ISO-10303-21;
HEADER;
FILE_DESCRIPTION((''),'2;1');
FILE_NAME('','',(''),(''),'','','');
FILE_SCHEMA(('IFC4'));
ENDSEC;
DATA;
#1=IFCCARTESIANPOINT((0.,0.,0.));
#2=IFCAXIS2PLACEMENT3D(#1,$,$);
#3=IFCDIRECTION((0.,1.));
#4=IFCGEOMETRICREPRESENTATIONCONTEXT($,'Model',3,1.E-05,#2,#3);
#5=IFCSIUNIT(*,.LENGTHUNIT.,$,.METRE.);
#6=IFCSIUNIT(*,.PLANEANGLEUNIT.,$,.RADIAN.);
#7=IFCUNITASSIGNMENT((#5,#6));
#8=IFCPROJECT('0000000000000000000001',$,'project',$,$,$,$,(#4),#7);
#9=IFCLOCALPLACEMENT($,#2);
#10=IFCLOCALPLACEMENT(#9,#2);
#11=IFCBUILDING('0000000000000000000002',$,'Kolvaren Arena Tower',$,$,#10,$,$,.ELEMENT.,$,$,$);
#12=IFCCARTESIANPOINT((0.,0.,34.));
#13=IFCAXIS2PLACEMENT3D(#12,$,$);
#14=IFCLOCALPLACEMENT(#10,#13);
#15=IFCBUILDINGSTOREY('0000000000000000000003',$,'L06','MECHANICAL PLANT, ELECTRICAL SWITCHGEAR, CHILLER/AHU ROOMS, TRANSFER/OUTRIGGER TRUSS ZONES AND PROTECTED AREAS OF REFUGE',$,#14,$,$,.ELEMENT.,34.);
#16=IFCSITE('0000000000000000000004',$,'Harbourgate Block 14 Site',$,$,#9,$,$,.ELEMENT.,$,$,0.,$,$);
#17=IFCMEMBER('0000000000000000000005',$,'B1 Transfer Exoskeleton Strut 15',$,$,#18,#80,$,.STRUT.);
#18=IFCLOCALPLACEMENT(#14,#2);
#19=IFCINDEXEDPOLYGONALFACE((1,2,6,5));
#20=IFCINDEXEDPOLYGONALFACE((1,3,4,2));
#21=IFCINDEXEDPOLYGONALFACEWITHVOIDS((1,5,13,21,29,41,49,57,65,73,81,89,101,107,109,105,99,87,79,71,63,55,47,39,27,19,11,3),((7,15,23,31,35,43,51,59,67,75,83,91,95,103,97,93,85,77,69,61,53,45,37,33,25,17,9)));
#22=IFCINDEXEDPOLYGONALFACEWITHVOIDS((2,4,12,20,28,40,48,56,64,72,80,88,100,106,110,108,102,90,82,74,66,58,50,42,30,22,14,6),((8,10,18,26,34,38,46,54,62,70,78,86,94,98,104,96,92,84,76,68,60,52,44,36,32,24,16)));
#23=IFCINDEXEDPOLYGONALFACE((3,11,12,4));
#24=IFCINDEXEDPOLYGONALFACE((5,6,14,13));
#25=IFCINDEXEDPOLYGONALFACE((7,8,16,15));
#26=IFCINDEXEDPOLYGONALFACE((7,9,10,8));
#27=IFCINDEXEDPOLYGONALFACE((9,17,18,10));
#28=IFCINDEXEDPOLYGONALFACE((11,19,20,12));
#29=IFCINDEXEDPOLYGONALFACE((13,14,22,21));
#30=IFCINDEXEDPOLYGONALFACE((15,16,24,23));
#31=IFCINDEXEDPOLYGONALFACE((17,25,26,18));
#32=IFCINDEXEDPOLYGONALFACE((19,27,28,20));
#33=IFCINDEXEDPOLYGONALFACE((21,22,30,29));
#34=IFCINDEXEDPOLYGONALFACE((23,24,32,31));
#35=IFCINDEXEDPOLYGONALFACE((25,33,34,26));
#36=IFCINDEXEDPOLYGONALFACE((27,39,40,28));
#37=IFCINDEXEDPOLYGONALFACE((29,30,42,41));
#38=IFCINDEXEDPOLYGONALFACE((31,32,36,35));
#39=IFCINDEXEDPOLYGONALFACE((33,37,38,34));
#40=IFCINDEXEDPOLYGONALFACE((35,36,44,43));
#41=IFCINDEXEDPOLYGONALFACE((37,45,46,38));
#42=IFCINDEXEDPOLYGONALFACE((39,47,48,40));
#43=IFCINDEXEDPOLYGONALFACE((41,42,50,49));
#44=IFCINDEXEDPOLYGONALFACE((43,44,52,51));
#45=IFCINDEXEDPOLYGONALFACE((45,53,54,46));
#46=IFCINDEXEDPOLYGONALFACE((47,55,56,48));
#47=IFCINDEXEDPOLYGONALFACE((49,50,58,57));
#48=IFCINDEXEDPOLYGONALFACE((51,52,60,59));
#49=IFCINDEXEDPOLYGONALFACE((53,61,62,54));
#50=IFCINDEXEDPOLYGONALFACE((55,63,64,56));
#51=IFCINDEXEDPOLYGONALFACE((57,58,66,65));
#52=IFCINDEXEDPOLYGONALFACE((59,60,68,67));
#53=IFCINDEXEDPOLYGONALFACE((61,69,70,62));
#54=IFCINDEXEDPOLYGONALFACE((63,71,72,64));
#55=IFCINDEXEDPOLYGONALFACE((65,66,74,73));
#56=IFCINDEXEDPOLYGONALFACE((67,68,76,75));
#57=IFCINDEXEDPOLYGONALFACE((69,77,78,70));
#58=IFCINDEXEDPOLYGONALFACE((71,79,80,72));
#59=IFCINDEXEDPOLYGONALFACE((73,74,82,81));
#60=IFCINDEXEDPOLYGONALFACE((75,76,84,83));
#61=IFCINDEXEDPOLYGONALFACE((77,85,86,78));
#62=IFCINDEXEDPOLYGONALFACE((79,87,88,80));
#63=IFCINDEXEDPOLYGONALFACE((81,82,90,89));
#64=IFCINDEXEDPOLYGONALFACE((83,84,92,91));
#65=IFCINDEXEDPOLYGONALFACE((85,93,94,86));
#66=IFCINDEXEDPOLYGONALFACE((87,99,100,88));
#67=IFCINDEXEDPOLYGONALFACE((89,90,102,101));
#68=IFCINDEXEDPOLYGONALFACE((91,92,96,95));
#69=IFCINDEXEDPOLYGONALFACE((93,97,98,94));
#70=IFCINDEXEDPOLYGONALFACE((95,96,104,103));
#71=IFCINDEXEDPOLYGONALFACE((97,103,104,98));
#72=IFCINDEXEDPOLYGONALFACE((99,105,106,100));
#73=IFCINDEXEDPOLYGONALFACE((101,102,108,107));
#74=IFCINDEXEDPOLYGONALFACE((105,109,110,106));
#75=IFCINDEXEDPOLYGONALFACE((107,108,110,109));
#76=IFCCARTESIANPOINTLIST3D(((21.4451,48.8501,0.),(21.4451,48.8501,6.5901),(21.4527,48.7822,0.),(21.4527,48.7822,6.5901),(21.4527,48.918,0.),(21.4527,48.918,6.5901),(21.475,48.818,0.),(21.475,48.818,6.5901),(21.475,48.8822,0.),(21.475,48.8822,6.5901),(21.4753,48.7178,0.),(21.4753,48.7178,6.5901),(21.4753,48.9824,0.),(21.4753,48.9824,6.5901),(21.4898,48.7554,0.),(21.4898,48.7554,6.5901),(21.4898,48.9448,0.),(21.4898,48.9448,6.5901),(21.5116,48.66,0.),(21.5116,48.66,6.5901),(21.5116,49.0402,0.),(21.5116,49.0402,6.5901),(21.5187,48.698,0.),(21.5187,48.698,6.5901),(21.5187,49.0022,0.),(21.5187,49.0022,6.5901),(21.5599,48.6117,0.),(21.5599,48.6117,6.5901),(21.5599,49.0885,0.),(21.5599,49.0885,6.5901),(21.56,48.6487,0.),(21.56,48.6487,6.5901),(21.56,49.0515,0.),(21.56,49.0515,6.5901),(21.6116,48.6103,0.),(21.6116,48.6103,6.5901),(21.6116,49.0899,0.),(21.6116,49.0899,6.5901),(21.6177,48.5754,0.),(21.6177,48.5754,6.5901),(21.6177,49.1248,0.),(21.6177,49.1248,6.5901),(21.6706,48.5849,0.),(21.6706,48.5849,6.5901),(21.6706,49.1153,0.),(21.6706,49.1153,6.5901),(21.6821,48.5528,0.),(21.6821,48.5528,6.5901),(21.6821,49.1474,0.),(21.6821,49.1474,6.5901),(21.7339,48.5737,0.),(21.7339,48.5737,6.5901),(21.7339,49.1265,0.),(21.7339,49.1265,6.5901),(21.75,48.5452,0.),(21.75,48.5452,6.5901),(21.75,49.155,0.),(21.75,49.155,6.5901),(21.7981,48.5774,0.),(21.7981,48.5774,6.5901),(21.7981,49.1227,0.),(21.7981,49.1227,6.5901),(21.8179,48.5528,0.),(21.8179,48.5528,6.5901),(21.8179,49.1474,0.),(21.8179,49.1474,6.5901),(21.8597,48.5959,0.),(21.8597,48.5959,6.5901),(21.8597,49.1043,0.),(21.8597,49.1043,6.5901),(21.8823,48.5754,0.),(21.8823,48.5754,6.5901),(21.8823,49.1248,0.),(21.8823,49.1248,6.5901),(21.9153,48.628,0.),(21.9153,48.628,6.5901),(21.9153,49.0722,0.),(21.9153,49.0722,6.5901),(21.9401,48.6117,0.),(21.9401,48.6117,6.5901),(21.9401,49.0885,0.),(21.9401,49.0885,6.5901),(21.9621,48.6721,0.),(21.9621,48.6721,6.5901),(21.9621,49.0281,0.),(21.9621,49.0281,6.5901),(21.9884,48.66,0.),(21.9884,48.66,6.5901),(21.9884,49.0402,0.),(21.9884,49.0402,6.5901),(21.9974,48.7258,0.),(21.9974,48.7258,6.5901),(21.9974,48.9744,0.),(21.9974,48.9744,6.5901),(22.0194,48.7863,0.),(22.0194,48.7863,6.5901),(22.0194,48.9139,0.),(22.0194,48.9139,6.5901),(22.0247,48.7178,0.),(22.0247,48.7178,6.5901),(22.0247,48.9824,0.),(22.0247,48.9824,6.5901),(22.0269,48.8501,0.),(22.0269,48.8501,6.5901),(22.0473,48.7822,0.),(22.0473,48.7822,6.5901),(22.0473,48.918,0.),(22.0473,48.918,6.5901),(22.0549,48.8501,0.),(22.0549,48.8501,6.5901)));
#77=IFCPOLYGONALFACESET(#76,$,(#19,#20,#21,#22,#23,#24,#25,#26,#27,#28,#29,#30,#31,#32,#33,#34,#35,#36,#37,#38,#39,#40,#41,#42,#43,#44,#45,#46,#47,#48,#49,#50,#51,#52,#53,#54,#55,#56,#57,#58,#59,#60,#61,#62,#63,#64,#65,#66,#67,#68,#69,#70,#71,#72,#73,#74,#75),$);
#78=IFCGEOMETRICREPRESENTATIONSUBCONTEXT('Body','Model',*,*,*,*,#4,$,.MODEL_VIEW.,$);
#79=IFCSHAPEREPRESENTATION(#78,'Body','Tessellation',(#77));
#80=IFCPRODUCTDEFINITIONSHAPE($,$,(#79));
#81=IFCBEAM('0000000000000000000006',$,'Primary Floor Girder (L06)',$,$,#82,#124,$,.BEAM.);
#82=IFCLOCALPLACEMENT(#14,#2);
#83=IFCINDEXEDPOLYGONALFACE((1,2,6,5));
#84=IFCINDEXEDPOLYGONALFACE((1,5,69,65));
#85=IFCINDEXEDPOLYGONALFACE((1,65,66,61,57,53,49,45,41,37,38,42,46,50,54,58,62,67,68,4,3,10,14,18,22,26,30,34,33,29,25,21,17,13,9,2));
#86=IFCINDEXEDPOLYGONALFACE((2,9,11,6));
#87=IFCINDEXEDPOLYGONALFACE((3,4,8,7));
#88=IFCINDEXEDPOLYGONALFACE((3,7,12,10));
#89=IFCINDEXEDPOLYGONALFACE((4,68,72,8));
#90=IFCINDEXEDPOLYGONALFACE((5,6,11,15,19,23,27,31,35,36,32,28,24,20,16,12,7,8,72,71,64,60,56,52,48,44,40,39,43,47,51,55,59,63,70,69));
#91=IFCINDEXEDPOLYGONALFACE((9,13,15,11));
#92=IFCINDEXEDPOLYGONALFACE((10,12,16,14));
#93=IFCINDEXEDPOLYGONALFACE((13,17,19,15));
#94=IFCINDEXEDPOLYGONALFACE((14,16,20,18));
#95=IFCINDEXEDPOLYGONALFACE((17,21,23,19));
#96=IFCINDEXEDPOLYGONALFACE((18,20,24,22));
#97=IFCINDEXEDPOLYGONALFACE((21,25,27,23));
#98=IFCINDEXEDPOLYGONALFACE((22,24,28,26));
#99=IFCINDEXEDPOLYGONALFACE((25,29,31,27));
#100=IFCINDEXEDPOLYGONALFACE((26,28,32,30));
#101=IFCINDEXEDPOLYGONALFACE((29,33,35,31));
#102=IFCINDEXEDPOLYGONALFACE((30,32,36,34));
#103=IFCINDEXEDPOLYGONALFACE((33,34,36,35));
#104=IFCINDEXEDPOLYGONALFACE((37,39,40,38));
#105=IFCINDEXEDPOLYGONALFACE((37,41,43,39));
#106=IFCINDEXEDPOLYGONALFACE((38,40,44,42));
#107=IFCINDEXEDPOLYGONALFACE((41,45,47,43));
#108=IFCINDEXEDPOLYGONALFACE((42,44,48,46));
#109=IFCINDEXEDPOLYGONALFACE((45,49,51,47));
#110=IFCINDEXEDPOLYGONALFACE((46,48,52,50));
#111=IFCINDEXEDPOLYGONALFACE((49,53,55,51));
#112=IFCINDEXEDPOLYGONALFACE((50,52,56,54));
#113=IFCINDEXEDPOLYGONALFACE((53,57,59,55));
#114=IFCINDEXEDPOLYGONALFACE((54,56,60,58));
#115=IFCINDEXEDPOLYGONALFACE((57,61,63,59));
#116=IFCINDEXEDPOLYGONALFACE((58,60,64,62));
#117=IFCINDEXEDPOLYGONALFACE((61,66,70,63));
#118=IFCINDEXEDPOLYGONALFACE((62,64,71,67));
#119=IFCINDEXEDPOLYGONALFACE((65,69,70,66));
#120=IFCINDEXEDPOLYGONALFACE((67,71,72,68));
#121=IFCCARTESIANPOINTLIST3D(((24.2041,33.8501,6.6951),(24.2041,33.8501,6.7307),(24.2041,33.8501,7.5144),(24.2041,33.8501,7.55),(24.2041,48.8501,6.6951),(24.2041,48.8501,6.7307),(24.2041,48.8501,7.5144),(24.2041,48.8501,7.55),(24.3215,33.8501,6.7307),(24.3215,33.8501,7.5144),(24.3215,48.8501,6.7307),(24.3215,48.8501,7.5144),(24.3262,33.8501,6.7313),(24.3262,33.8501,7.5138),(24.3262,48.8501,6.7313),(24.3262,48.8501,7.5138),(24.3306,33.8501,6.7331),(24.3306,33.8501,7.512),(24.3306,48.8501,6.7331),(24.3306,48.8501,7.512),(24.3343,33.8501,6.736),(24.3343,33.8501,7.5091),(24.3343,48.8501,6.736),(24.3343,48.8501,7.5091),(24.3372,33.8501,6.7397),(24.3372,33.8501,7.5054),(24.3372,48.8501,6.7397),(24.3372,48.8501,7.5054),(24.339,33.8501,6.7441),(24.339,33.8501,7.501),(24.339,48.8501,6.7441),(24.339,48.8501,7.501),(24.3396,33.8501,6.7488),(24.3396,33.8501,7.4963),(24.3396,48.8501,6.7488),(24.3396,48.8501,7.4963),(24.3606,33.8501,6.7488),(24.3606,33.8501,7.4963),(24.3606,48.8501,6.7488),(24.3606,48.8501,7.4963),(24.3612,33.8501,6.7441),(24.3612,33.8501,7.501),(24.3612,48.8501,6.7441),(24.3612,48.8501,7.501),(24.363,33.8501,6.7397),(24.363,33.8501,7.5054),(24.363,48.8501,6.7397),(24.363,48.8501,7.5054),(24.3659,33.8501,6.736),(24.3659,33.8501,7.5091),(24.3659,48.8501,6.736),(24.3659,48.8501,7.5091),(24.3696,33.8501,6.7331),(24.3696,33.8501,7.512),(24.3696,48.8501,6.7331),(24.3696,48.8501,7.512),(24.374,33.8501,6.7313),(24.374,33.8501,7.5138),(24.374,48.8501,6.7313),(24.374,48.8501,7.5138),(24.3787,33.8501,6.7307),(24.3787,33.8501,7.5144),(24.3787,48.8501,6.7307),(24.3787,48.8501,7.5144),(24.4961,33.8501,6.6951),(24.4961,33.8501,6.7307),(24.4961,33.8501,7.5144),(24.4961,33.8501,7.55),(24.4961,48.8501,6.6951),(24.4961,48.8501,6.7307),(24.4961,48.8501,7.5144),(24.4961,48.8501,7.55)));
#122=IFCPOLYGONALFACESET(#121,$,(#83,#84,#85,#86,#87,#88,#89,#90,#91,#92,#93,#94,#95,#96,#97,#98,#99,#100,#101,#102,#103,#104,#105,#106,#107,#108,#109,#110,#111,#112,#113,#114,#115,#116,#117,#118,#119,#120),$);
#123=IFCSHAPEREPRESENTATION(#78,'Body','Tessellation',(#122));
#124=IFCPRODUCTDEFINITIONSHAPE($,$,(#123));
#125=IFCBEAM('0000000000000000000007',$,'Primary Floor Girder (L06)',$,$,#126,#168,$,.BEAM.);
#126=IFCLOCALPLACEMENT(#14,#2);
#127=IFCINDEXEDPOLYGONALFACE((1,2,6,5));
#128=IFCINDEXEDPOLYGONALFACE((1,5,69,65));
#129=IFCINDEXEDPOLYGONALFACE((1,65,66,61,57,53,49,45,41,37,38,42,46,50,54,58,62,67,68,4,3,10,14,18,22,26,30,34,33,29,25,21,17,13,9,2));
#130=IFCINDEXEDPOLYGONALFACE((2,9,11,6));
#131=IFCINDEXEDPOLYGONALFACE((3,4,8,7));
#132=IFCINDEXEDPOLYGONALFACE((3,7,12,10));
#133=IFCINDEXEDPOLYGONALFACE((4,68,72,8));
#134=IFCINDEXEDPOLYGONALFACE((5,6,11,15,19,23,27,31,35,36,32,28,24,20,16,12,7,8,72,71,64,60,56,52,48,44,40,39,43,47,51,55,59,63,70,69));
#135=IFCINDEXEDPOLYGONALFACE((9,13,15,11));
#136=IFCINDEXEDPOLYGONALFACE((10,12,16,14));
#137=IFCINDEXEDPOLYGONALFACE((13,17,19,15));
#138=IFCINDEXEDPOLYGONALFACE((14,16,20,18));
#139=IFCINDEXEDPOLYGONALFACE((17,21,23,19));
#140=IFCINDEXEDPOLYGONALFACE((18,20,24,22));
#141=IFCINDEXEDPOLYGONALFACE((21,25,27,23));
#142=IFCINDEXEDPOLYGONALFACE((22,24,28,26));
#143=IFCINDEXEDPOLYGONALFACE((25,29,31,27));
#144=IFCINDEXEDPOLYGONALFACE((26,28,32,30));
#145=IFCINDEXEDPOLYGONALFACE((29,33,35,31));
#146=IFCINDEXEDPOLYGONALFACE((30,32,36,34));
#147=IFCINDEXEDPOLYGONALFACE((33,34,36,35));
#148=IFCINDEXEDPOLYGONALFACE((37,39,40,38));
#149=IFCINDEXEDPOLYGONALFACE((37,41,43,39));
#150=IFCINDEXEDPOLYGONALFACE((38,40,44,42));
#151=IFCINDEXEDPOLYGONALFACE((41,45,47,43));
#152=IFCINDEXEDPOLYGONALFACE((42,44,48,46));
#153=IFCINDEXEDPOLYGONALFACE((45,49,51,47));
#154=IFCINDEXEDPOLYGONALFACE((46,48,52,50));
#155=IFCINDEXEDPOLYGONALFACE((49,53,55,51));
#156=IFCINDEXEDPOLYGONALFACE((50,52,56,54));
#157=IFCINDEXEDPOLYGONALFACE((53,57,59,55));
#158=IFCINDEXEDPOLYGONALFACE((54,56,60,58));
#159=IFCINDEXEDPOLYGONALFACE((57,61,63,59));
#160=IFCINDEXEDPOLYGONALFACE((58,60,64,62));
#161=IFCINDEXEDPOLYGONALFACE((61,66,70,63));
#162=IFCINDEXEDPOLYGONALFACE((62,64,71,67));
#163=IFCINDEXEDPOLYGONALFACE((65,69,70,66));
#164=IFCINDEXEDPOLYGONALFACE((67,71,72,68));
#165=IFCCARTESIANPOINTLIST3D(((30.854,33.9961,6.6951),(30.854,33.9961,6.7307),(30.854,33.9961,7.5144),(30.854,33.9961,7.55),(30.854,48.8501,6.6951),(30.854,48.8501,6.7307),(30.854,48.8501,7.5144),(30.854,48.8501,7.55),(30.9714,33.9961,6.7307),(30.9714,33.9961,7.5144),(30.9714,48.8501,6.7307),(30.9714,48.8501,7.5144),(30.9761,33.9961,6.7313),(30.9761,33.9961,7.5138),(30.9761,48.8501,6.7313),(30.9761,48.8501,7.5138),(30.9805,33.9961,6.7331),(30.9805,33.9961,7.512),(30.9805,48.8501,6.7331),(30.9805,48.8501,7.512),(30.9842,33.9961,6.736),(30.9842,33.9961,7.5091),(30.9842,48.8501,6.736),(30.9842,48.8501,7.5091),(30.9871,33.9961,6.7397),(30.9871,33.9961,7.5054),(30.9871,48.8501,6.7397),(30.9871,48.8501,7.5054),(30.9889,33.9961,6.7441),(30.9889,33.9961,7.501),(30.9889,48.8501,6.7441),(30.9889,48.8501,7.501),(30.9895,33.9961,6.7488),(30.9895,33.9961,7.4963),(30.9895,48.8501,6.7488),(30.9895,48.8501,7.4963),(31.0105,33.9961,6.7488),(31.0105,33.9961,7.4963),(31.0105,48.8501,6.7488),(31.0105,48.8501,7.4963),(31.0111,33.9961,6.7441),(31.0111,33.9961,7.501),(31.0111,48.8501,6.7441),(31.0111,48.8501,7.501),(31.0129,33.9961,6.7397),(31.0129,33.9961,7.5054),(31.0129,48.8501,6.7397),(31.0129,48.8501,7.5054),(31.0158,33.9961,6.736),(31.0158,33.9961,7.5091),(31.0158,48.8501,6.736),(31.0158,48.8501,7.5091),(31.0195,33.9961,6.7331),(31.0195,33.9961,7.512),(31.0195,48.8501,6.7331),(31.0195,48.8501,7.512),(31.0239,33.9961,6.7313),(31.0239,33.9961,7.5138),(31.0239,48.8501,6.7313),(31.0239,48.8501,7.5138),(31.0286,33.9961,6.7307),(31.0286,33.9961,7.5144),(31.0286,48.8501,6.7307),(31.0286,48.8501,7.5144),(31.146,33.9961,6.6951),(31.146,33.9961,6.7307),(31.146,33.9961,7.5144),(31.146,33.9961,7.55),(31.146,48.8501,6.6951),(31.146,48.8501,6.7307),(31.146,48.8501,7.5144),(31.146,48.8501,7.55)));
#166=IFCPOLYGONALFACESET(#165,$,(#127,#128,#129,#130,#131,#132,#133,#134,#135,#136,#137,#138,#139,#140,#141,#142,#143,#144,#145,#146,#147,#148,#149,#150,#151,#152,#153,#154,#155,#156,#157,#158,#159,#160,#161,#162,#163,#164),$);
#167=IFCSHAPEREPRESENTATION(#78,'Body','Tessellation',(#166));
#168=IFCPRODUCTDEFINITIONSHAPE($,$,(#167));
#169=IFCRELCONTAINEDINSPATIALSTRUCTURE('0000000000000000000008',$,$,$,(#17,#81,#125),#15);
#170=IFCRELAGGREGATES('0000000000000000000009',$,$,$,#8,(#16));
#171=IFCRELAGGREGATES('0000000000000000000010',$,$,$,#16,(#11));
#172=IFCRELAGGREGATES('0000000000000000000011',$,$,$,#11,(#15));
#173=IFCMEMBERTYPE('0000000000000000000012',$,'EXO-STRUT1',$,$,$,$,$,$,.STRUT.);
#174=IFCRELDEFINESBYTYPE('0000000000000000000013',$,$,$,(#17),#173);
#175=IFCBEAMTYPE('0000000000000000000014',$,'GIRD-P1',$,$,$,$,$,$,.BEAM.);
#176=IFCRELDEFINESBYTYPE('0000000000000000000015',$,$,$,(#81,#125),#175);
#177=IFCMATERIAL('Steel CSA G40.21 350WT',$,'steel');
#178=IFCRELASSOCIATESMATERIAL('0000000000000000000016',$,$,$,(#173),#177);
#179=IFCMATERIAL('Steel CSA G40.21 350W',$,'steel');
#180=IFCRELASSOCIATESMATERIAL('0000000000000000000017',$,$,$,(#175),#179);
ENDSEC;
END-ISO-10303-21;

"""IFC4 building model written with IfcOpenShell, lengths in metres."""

from ifc_helpers import new_model, si_unit, direction, frame, origin, origin_2d, place, context, subcontext, project, spatial, hollow_circle, i_section, extrude, material, material_profile, profile_set, type_object, element, save


model = new_model("IFC4")

# Units and contexts
model_context = context("Model", 3, precision=1e-05, world=origin(), true_north=direction((0.0, 1.0)))
body_context = subcontext(model_context, "Body", "Model", "MODEL_VIEW")
ifc_project = project(units=[si_unit("LENGTHUNIT", "METRE"), si_unit("PLANEANGLEUNIT", "RADIAN")], contexts=[model_context])

# Site, building, storey
site_placement = place(None, origin())
site = spatial("IfcSite", under=ifc_project, at=site_placement, Name="Harbourgate Block 14 Site", CompositionType="ELEMENT", RefElevation=0.0)
building_placement = place(site_placement, origin())
building = spatial("IfcBuilding", under=site, at=building_placement, Name="Kolvaren Arena Tower", CompositionType="ELEMENT")
storey_placement = place(building_placement, frame((0.0, 0.0, 34.0)))
storey = spatial("IfcBuildingStorey", under=building, at=storey_placement, Name="L06", Description="MECHANICAL PLANT, ELECTRICAL SWITCHGEAR, CHILLER/AHU ROOMS, TRANSFER/OUTRIGGER TRUSS ZONES AND PROTECTED AREAS OF REFUGE", CompositionType="ELEMENT", Elevation=34.0)

# Shared definitions
ifc_material_1 = material(Name="Steel CSA G40.21 350W", Category="steel")

# Member
ifc_material_2 = material(Name="Steel CSA G40.21 350WT", Category="steel")
ifc_material_profile_1 = material_profile(ifc_material_2, hollow_circle(Radius=0.3049, WallThickness=0.0281, at=origin_2d()), Name="CHS 610x28")
ifc_profile_set_1 = profile_set([ifc_material_profile_1], Name="Steel CSA G40.21 350WT")
member_type_1 = type_object("IfcMemberType", Name="EXO-STRUT1", PredefinedType="STRUT", material=ifc_profile_set_1)
member_1_placement = place(storey_placement, frame((21.75, 48.8501, 0.0), z_axis=(0.0, 0.0, 1.0), x_axis=(1.0, 0.0, 0.0)))
element("IfcMember", 1, at=member_1_placement, inside=storey, type_object=member_type_1, Name="B1 Transfer Exoskeleton Strut 15", PredefinedType="STRUT", context=body_context, shape_type="SweptSolid", body=[
    extrude(hollow_circle(Radius=0.3049, WallThickness=0.0281, at=origin_2d()), origin(), (0.0, 0.0, 1.0), 6.5901),
])

# Beams
ifc_material_profile_2 = material_profile(ifc_material_1, i_section(OverallWidth=0.292, OverallDepth=0.855, WebThickness=0.021, FlangeThickness=0.0356, FilletRadius=0.0181, at=origin_2d()), Name="W840x299")
ifc_profile_set_2 = profile_set([ifc_material_profile_2], Name="Steel CSA G40.21 350W")
beam_type_1 = type_object("IfcBeamType", Name="GIRD-P1", PredefinedType="BEAM", material=ifc_profile_set_2)
beam_1_placement = place(storey_placement, frame((24.3501, 33.8501, 7.1226), z_axis=(0.0, 1.0, 0.0), x_axis=(-1.0, 0.0, 0.0)))
element("IfcBeam", 2, at=beam_1_placement, inside=storey, type_object=beam_type_1, Name="Primary Floor Girder (L06)", PredefinedType="BEAM", context=body_context, shape_type="SweptSolid", body=[
    extrude(i_section(OverallWidth=0.292, OverallDepth=0.855, WebThickness=0.021, FlangeThickness=0.0356, FilletRadius=0.0181, at=origin_2d()), origin(), (0.0, 0.0, 1.0), 15.0),
])
beam_2_placement = place(storey_placement, frame((31.0, 33.9961, 7.1226), z_axis=(0.0, 1.0, 0.0), x_axis=(-1.0, 0.0, 0.0)))
element("IfcBeam", 3, at=beam_2_placement, inside=storey, type_object=beam_type_1, Name="Primary Floor Girder (L06)", PredefinedType="BEAM", context=body_context, shape_type="SweptSolid", body=[
    extrude(i_section(OverallWidth=0.292, OverallDepth=0.855, WebThickness=0.021, FlangeThickness=0.0356, FilletRadius=0.0181, at=origin_2d()), origin(), (0.0, 0.0, 1.0), 14.854),
])

save(model, "model.ifc")
